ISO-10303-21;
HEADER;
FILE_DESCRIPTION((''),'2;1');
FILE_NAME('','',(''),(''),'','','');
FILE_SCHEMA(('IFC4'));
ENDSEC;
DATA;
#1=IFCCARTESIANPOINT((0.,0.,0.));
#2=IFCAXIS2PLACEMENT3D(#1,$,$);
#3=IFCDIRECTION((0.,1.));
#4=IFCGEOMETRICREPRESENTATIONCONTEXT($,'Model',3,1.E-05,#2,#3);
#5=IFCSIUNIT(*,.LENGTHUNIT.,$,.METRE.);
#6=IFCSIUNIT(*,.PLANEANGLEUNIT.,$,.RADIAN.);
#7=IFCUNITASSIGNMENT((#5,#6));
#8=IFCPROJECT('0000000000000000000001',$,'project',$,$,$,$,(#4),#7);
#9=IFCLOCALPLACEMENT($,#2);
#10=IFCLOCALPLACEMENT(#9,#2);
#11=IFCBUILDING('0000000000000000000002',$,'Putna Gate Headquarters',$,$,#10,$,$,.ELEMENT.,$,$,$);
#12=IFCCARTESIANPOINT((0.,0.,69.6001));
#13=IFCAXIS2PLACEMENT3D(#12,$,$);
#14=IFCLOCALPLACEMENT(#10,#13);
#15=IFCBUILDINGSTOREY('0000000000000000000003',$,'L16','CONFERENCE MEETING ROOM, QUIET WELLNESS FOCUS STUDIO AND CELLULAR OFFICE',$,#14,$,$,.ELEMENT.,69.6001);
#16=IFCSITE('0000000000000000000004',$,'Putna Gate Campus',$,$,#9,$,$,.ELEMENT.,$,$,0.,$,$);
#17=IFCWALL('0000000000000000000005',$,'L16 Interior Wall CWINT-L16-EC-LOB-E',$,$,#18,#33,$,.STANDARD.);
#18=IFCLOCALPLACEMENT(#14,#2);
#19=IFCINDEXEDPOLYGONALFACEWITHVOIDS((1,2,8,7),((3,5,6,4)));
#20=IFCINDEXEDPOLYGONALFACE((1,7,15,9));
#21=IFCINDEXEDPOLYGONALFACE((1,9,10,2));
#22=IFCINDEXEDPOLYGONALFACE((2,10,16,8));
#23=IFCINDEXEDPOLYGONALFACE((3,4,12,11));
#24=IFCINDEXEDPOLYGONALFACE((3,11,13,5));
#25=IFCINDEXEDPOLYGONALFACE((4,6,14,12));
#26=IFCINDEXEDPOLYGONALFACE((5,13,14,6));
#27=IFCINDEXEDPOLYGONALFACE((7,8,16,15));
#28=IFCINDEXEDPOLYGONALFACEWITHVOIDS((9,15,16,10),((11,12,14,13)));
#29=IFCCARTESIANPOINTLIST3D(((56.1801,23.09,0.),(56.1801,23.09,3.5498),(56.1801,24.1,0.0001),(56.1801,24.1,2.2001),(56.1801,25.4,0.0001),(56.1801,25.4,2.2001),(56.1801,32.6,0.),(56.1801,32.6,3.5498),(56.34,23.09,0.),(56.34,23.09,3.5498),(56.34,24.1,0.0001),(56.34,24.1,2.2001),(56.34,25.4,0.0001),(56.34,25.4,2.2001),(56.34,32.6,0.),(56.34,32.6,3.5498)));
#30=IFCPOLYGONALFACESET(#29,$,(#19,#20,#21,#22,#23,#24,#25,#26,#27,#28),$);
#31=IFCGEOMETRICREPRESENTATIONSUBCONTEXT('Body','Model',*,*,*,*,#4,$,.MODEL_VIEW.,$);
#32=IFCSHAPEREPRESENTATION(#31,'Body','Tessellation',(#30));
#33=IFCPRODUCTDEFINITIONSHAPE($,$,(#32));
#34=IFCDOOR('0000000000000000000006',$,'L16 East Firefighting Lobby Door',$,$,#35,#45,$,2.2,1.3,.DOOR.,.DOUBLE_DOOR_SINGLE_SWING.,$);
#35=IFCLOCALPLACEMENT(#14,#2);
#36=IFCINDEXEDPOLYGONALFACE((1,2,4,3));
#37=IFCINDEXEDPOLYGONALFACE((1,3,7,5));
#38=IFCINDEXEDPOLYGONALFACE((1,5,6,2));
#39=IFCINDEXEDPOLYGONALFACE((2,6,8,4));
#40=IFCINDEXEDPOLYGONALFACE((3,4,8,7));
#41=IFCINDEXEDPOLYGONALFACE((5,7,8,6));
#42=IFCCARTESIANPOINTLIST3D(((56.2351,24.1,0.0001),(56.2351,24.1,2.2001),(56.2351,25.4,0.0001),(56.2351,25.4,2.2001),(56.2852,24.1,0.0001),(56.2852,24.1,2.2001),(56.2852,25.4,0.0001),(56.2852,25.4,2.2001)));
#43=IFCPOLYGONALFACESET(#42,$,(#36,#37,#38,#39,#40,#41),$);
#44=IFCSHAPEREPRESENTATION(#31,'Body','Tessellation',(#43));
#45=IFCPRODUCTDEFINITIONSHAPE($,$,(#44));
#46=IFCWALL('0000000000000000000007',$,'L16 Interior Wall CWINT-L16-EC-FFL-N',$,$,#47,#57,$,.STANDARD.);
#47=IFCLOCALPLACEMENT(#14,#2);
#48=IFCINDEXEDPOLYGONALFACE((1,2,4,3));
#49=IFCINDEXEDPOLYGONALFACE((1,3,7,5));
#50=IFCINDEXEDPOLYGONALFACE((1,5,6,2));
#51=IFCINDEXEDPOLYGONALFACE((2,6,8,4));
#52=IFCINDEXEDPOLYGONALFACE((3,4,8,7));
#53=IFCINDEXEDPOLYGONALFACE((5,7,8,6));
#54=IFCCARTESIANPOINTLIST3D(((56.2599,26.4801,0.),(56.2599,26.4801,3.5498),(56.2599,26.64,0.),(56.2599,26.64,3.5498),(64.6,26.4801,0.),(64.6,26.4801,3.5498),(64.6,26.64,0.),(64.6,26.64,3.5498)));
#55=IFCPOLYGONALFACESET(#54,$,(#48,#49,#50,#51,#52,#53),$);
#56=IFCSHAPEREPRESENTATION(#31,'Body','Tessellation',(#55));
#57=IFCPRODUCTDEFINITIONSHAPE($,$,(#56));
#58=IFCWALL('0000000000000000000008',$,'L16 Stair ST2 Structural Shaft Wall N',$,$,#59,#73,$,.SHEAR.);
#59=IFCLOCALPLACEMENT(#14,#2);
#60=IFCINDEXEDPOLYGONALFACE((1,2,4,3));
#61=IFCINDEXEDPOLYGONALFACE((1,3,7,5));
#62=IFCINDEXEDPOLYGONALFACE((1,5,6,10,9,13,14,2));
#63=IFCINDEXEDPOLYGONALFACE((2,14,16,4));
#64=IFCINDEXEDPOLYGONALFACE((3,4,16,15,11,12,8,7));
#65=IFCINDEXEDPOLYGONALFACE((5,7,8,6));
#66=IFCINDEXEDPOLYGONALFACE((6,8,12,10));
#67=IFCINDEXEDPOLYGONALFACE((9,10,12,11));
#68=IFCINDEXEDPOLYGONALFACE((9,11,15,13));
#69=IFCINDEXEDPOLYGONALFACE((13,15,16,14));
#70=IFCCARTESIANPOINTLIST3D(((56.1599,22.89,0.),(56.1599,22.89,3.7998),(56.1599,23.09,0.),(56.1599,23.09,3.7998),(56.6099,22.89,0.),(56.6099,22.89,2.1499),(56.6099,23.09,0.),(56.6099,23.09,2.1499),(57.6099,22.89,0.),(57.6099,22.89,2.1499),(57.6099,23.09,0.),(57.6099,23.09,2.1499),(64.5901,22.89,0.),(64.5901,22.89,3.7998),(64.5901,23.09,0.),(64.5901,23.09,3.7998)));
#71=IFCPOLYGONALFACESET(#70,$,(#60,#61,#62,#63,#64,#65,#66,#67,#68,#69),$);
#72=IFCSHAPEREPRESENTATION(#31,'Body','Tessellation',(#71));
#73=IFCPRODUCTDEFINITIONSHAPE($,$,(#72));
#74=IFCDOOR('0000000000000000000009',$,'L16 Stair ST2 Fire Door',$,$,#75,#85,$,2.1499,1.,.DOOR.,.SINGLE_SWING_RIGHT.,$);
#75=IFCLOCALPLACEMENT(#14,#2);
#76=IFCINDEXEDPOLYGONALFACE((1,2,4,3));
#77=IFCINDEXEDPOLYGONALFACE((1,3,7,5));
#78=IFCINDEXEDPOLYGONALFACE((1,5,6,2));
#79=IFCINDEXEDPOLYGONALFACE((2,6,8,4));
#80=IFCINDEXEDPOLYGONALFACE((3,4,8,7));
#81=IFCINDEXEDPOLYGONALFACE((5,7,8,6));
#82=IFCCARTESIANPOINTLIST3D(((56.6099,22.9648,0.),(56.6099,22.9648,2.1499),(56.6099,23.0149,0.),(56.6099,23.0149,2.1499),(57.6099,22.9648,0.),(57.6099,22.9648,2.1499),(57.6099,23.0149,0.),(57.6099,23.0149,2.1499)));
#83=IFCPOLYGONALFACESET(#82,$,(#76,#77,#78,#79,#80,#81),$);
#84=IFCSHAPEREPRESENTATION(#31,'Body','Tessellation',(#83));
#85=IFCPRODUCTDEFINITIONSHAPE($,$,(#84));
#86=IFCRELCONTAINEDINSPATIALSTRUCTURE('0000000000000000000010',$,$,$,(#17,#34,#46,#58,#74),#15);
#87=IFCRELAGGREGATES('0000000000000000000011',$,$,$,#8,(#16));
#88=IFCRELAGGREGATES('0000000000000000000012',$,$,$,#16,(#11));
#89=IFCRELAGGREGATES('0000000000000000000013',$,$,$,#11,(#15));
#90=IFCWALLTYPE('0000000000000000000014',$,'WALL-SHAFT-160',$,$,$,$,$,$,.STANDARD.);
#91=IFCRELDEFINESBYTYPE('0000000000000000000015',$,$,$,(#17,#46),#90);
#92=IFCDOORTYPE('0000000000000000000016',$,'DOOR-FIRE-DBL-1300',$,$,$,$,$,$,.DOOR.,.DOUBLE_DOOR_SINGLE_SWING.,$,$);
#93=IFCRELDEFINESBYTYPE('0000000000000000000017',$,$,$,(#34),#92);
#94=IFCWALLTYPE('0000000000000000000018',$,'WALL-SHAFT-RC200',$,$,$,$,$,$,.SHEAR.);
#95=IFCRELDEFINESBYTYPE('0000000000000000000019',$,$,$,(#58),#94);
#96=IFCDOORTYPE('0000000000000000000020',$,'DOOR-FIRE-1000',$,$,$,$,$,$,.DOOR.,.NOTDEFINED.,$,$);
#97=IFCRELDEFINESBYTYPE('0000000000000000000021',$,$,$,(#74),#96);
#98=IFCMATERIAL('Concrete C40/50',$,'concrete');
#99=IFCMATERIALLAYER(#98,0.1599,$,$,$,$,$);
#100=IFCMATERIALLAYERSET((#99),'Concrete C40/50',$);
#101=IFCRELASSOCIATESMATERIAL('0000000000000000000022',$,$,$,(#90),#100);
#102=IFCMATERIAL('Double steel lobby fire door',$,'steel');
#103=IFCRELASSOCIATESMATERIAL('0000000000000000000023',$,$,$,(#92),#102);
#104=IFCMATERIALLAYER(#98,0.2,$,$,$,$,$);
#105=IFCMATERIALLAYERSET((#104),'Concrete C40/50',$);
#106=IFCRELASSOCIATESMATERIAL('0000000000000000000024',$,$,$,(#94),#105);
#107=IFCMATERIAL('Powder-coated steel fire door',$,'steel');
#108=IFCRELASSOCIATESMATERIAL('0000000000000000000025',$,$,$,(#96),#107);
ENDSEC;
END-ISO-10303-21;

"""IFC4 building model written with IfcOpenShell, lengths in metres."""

from ifc_helpers import new_model, si_unit, direction, frame, frame_2d, origin, place, context, subcontext, project, spatial, rectangle, extrude, material, layer, layer_set, type_object, element, fill, save


model = new_model("IFC4")

# Units and contexts
model_context = context("Model", 3, precision=1e-05, world=origin(), true_north=direction((0.0, 1.0)))
body_context = subcontext(model_context, "Body", "Model", "MODEL_VIEW")
ifc_project = project(units=[si_unit("LENGTHUNIT", "METRE"), si_unit("PLANEANGLEUNIT", "RADIAN")], contexts=[model_context])

# Site, building, storey
site_placement = place(None, origin())
site = spatial("IfcSite", under=ifc_project, at=site_placement, Name="Putna Gate Campus", CompositionType="ELEMENT", RefElevation=0.0)
building_placement = place(site_placement, origin())
building = spatial("IfcBuilding", under=site, at=building_placement, Name="Putna Gate Headquarters", CompositionType="ELEMENT")
storey_placement = place(building_placement, frame((0.0, 0.0, 69.6001)))
storey = spatial("IfcBuildingStorey", under=building, at=storey_placement, Name="L16", Description="CONFERENCE MEETING ROOM, QUIET WELLNESS FOCUS STUDIO AND CELLULAR OFFICE", CompositionType="ELEMENT", Elevation=69.6001)

# Wall, opening, door
ifc_material_1 = material(Name="Concrete C40/50", Category="concrete")
ifc_layer_1 = layer(ifc_material_1, 0.1599)
ifc_layer_set_1 = layer_set([ifc_layer_1], Name="Concrete C40/50")
wall_type_1 = type_object("IfcWallType", Name="WALL-SHAFT-160", PredefinedType="STANDARD", material=ifc_layer_set_1)
wall_1_placement = place(storey_placement, frame((56.26, 23.0901, 0.0), z_axis=(0.0, 0.0, 1.0), x_axis=(0.0, 1.0, 0.0)))
wall_1 = element("IfcWall", 1, at=wall_1_placement, inside=storey, type_object=wall_type_1, Name="L16 Interior Wall CWINT-L16-EC-LOB-E", PredefinedType="STANDARD", context=body_context, shape_type="SweptSolid", body=[
    extrude(rectangle(XDim=9.51, YDim=0.1599, at=frame_2d((4.7549, 0.0))), origin(), (0.0, 0.0, 1.0), 3.5498),
])
opening_1_placement = place(wall_1_placement, frame((1.01, 0.0, 0.0)))
opening_1 = element("IfcOpeningElement", 2, at=opening_1_placement, cuts=wall_1, PredefinedType="OPENING", context=body_context, shape_type="SweptSolid", body=[
    extrude(rectangle(XDim=1.3, YDim=2.2, at=frame_2d((0.6499, 1.1001))), frame((0.0, 0.0898, 0.0), z_axis=(0.0, -1.0, 0.0), x_axis=(1.0, 0.0, 0.0)), (0.0, 0.0, 1.0), 0.1799),
])
ifc_material_2 = material(Name="Double steel lobby fire door", Category="steel")
door_type_1 = type_object("IfcDoorType", Name="DOOR-FIRE-DBL-1300", OperationType="DOUBLE_DOOR_SINGLE_SWING", PredefinedType="DOOR", material=ifc_material_2)
door_1_placement = place(opening_1_placement, origin())
door_1 = element("IfcDoor", 3, at=door_1_placement, inside=storey, type_object=door_type_1, Name="L16 East Firefighting Lobby Door", OperationType="DOUBLE_DOOR_SINGLE_SWING", OverallHeight=2.2, OverallWidth=1.3, PredefinedType="DOOR", context=body_context, shape_type="SweptSolid", body=[
    extrude(rectangle(XDim=1.3, YDim=2.2, at=frame_2d((0.6499, 1.1001))), frame((0.0, 0.0249, 0.0), z_axis=(0.0, -1.0, 0.0), x_axis=(1.0, 0.0, 0.0)), (0.0, 0.0, 1.0), 0.05),
])
fill(opening_1, door_1)

# Wall
wall_2_placement = place(storey_placement, frame((56.26, 26.5601, 0.0), z_axis=(0.0, 0.0, 1.0), x_axis=(1.0, 0.0, 0.0)))
element("IfcWall", 4, at=wall_2_placement, inside=storey, type_object=wall_type_1, Name="L16 Interior Wall CWINT-L16-EC-FFL-N", PredefinedType="STANDARD", context=body_context, shape_type="SweptSolid", body=[
    extrude(rectangle(XDim=8.3401, YDim=0.1599, at=frame_2d((4.1699, 0.0))), origin(), (0.0, 0.0, 1.0), 3.5498),
])

# Wall, opening, door
ifc_layer_2 = layer(ifc_material_1, 0.2)
ifc_layer_set_2 = layer_set([ifc_layer_2], Name="Concrete C40/50")
wall_type_2 = type_object("IfcWallType", Name="WALL-SHAFT-RC200", PredefinedType="SHEAR", material=ifc_layer_set_2)
wall_3_placement = place(storey_placement, frame((56.1599, 22.99, 0.0), z_axis=(0.0, 0.0, 1.0), x_axis=(1.0, 0.0, 0.0)))
wall_3 = element("IfcWall", 5, at=wall_3_placement, inside=storey, type_object=wall_type_2, Name="L16 Stair ST2 Structural Shaft Wall N", PredefinedType="SHEAR", context=body_context, shape_type="SweptSolid", body=[
    extrude(rectangle(XDim=8.4302, YDim=0.2, at=frame_2d((4.2151, 0.0))), origin(), (0.0, 0.0, 1.0), 3.7998),
])
opening_2_placement = place(wall_3_placement, frame((0.45, 0.0, 0.0)))
opening_2 = element("IfcOpeningElement", 6, at=opening_2_placement, cuts=wall_3, PredefinedType="OPENING", context=body_context, shape_type="SweptSolid", body=[
    extrude(rectangle(XDim=1.0, YDim=2.1499, at=frame_2d((0.5, 1.075))), frame((0.0, 0.1099, 0.0), z_axis=(0.0, -1.0, 0.0), x_axis=(1.0, 0.0, 0.0)), (0.0, 0.0, 1.0), 0.22),
])
ifc_material_3 = material(Name="Powder-coated steel fire door", Category="steel")
door_type_2 = type_object("IfcDoorType", Name="DOOR-FIRE-1000", OperationType="NOTDEFINED", PredefinedType="DOOR", material=ifc_material_3)
door_2_placement = place(opening_2_placement, origin())
door_2 = element("IfcDoor", 7, at=door_2_placement, inside=storey, type_object=door_type_2, Name="L16 Stair ST2 Fire Door", OperationType="SINGLE_SWING_RIGHT", OverallHeight=2.1499, OverallWidth=1.0, PredefinedType="DOOR", context=body_context, shape_type="SweptSolid", body=[
    extrude(rectangle(XDim=1.0, YDim=2.1499, at=frame_2d((0.5, 1.075))), frame((0.0, 0.0249, 0.0), z_axis=(0.0, -1.0, 0.0), x_axis=(1.0, 0.0, 0.0)), (0.0, 0.0, 1.0), 0.05),
])
fill(opening_2, door_2)

save(model, "model.ifc")
